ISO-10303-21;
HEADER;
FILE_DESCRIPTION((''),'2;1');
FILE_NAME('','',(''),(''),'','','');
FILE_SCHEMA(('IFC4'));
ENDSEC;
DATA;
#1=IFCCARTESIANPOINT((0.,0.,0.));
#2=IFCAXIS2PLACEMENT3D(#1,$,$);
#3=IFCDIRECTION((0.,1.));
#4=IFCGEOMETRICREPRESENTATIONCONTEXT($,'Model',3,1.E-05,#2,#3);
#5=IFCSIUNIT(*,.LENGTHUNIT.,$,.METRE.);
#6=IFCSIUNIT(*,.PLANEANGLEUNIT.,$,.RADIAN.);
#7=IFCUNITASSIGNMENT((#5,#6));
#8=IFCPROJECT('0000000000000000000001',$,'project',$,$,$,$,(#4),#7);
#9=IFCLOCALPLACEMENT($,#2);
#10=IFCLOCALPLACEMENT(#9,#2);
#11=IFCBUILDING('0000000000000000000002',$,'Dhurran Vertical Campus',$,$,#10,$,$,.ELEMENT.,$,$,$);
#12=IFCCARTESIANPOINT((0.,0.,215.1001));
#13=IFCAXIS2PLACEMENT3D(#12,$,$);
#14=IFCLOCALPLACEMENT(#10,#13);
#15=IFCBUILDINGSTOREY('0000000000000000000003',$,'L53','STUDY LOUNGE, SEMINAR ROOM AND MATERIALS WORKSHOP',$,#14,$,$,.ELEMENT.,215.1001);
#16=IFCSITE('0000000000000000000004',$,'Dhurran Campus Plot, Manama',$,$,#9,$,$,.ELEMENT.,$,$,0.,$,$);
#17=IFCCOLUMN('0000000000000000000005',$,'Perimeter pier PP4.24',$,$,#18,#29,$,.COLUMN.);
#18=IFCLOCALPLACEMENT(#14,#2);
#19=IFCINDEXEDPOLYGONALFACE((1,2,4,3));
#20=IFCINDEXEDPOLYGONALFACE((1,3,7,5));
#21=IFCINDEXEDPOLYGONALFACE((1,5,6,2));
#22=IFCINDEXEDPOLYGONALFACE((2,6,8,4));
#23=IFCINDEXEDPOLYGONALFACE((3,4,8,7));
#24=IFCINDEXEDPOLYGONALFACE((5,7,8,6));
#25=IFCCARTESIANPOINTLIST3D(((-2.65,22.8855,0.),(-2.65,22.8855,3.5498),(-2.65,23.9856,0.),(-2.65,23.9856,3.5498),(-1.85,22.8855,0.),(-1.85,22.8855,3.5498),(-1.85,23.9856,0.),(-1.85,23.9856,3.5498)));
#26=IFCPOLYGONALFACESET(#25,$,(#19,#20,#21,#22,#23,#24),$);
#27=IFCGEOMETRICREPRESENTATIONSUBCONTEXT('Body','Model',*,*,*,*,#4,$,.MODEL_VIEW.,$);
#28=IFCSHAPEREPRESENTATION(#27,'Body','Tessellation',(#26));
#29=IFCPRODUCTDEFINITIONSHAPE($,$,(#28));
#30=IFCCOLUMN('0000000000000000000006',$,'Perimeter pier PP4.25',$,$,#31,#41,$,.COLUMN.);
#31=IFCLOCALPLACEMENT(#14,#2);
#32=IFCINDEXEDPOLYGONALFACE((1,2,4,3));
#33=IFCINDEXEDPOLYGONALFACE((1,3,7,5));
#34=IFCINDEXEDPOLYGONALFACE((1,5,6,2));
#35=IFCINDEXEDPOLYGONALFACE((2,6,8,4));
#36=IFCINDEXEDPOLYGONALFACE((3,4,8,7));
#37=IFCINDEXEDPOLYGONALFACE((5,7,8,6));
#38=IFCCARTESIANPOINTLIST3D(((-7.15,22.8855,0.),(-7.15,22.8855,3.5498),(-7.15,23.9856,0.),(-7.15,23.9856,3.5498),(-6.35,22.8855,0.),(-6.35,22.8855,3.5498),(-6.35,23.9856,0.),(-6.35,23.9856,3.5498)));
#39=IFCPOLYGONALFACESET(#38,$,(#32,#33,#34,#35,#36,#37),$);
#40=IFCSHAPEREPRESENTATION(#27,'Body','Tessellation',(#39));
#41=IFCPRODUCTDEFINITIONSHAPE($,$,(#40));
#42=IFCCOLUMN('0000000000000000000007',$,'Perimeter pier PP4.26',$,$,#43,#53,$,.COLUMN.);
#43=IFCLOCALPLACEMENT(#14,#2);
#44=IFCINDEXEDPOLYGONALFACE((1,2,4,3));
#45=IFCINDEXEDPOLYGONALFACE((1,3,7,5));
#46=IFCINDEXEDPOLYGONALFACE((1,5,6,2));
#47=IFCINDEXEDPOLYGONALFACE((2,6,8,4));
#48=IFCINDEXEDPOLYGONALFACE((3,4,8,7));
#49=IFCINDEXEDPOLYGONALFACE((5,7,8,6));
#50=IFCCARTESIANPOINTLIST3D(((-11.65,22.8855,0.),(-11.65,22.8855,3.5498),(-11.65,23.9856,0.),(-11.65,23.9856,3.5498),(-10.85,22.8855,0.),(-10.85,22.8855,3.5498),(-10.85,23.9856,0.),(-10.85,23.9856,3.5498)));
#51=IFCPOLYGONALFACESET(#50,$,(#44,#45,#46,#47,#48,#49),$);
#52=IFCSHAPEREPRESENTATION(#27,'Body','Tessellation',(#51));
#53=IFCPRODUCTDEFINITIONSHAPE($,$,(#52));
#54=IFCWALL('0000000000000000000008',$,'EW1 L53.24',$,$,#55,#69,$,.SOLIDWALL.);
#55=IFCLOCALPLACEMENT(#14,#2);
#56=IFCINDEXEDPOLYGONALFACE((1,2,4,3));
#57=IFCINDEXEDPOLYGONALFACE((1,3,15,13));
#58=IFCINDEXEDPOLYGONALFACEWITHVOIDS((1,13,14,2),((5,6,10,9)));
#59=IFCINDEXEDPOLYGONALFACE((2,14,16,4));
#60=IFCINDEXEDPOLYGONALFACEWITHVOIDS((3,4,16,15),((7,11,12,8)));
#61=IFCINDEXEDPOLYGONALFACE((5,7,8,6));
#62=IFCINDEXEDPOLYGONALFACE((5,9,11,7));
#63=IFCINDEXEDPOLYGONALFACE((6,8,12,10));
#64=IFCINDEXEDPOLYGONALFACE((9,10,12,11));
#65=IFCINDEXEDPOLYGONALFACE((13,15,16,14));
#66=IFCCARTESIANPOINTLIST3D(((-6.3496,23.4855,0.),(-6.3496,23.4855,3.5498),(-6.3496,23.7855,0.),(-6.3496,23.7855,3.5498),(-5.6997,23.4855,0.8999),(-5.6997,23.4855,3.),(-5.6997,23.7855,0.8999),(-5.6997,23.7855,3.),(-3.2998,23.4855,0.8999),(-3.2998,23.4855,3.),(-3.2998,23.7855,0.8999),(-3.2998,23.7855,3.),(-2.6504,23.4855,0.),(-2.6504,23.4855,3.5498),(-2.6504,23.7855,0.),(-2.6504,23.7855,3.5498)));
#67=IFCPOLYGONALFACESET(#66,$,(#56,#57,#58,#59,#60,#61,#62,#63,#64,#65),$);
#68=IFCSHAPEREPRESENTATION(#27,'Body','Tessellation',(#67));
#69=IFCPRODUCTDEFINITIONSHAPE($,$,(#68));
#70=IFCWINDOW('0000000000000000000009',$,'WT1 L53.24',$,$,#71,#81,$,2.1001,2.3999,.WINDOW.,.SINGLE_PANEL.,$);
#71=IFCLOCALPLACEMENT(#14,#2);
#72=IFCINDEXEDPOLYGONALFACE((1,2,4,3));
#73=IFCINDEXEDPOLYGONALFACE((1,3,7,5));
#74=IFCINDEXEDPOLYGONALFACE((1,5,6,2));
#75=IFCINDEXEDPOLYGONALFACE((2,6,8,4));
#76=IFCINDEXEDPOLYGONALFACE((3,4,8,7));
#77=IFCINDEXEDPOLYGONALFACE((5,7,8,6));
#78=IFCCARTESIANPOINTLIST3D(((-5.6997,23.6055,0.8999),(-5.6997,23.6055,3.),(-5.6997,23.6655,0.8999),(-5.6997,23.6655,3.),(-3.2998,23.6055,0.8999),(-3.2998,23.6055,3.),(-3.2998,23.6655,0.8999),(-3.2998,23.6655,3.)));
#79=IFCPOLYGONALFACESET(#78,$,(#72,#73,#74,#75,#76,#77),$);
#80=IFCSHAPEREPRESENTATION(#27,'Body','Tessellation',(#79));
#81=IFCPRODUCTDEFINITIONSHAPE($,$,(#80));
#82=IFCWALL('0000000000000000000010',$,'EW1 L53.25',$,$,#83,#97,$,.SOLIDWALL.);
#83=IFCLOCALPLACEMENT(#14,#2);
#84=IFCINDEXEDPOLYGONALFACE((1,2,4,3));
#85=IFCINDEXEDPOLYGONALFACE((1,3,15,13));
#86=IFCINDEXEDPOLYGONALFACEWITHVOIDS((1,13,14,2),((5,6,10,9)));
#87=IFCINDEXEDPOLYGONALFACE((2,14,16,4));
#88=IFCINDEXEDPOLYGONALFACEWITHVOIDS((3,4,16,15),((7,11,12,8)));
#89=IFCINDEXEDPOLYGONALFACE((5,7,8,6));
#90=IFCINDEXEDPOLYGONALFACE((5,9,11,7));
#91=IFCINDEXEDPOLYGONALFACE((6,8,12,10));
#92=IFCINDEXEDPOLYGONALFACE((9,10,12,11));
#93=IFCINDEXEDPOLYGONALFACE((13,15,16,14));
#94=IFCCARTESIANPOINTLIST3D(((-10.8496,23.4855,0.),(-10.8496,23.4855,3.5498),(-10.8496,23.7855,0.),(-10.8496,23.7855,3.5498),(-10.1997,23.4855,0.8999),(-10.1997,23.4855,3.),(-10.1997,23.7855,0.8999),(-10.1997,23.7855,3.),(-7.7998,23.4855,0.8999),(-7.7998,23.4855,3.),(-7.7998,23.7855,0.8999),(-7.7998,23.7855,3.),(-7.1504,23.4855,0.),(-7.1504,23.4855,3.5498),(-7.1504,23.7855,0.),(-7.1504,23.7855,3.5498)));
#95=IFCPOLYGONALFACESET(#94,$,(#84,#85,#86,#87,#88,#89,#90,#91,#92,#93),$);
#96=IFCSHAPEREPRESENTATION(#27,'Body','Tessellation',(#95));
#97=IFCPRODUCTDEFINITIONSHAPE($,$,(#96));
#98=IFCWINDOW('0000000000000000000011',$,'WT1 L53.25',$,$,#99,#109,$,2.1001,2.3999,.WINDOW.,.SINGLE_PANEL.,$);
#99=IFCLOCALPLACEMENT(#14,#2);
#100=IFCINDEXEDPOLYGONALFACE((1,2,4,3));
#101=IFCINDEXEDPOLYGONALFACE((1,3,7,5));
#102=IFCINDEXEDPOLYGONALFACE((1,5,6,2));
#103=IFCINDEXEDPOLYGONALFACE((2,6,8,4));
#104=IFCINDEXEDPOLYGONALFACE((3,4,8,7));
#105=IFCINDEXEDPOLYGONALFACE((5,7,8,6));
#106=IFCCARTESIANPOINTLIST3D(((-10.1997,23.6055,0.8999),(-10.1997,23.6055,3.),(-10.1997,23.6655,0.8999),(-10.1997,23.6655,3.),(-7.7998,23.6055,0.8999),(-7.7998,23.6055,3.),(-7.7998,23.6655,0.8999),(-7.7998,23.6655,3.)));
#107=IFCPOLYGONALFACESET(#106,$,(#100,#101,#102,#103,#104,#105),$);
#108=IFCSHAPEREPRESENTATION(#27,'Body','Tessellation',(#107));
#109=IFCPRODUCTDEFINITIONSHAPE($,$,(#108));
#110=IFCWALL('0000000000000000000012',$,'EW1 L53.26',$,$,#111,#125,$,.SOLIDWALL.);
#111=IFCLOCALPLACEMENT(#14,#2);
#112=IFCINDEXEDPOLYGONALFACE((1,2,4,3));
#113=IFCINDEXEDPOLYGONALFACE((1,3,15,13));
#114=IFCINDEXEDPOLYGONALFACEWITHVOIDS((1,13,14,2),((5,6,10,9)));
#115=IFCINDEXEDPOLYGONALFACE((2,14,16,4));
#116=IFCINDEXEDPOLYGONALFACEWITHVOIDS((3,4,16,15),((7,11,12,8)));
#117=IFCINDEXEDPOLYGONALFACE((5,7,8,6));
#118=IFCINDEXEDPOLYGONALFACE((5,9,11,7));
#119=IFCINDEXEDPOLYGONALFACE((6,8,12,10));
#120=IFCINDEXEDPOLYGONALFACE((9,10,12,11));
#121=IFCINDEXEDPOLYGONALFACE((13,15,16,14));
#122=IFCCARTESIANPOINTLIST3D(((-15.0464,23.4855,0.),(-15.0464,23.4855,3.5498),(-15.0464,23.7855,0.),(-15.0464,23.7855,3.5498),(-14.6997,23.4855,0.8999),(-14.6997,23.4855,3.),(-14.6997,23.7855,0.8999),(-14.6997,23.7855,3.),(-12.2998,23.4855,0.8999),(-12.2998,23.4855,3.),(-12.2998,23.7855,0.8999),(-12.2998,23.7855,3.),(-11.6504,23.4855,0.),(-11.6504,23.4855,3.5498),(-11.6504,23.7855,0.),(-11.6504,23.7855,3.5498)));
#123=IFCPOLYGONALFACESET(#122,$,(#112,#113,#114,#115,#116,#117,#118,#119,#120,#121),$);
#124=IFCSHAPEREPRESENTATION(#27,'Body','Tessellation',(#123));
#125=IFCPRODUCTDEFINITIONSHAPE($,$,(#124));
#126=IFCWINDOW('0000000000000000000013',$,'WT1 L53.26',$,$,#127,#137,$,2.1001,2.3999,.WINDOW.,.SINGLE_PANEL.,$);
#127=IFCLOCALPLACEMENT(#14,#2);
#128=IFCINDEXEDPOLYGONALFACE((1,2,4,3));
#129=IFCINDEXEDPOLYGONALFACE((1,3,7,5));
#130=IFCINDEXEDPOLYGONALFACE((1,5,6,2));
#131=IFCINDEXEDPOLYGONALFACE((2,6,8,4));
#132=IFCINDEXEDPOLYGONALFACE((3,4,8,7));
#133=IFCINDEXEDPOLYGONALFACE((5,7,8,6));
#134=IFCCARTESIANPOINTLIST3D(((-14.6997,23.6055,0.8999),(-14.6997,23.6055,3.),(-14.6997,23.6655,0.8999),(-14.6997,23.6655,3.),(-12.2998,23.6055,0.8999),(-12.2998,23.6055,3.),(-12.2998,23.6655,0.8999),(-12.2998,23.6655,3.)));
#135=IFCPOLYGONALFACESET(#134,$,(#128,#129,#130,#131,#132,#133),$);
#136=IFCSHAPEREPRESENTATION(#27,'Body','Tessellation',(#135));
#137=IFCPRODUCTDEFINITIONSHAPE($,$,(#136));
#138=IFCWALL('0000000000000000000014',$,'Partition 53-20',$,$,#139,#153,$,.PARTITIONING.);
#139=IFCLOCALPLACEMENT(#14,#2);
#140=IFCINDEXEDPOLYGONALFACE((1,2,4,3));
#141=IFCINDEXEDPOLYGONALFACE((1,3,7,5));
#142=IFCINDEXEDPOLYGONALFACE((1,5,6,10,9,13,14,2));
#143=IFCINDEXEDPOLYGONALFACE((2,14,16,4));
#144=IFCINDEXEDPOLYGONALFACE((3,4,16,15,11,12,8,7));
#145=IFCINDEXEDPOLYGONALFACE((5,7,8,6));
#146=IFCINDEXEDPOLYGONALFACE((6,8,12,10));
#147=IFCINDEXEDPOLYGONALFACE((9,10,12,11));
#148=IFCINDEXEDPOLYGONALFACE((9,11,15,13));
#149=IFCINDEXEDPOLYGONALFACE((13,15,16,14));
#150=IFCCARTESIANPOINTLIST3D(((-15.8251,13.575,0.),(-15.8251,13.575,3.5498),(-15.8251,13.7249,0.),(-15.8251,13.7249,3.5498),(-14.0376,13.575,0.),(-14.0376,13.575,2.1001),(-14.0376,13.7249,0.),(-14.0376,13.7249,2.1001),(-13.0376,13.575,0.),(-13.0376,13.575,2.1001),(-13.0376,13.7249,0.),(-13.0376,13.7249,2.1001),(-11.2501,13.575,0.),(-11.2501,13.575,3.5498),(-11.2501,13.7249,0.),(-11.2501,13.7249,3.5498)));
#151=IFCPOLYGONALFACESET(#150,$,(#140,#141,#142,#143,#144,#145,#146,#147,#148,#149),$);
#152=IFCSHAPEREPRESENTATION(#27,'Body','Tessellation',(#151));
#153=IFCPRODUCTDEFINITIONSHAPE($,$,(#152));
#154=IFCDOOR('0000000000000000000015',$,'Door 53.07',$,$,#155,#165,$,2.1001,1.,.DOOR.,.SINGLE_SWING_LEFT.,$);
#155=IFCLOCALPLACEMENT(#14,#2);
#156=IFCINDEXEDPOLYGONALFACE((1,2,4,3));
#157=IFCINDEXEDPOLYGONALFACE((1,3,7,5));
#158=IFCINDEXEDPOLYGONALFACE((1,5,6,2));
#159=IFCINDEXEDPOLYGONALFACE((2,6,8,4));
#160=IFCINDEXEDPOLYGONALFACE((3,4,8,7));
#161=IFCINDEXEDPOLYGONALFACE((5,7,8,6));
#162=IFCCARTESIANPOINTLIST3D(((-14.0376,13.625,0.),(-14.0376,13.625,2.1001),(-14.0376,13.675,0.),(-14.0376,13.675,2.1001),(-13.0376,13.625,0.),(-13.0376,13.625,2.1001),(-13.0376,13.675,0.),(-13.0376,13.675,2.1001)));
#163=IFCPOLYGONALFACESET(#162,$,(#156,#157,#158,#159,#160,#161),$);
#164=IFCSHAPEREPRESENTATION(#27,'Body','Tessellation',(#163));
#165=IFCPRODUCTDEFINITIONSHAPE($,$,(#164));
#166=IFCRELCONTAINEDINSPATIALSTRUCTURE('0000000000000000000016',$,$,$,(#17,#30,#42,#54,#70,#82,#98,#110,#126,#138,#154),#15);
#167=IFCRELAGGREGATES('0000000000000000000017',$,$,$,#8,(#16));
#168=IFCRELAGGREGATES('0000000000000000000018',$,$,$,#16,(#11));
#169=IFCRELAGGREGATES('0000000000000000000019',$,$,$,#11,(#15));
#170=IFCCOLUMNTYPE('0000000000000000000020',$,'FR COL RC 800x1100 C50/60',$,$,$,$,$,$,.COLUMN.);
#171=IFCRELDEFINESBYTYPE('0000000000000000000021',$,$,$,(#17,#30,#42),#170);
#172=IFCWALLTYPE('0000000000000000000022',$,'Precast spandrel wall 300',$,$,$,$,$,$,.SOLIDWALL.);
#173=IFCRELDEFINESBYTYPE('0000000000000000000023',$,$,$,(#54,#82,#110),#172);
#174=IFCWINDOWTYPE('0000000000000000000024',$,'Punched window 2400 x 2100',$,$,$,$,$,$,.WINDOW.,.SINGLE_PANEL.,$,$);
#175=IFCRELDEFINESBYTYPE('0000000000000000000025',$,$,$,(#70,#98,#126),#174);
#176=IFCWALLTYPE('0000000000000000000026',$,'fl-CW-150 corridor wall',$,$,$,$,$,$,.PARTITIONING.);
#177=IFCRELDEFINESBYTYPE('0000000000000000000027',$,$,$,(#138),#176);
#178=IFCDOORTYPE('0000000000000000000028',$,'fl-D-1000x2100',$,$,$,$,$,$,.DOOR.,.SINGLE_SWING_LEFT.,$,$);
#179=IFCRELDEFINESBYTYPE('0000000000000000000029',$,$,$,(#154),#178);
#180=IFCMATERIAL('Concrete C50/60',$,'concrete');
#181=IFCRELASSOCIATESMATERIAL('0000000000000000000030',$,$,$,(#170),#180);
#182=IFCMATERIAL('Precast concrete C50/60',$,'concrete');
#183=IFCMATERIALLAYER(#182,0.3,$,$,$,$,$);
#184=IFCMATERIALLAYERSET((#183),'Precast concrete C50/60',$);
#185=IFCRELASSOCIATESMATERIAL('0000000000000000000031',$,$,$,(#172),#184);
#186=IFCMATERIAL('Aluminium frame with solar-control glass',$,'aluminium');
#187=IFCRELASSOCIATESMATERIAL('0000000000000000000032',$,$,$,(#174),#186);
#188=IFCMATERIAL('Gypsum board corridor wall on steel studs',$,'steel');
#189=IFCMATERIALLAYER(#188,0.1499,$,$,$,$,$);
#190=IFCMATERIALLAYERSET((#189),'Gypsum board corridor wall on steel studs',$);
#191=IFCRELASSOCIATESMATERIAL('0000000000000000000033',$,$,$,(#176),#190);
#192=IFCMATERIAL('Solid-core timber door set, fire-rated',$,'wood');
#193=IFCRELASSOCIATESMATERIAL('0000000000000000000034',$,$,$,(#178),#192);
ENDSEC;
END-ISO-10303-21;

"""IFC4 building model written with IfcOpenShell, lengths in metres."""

from ifc_helpers import new_model, si_unit, direction, frame, frame_2d, origin, origin_2d, place, context, subcontext, project, spatial, rectangle, extrude, material, layer, layer_set, material_profile, profile_set, type_object, element, fill, save


model = new_model("IFC4")

# Units and contexts
model_context = context("Model", 3, precision=1e-05, world=origin(), true_north=direction((0.0, 1.0)))
body_context = subcontext(model_context, "Body", "Model", "MODEL_VIEW")
ifc_project = project(units=[si_unit("LENGTHUNIT", "METRE"), si_unit("PLANEANGLEUNIT", "RADIAN")], contexts=[model_context])

# Site, building, storey
site_placement = place(None, origin())
site = spatial("IfcSite", under=ifc_project, at=site_placement, Name="Dhurran Campus Plot, Manama", CompositionType="ELEMENT", RefElevation=0.0)
building_placement = place(site_placement, origin())
building = spatial("IfcBuilding", under=site, at=building_placement, Name="Dhurran Vertical Campus", CompositionType="ELEMENT")
storey_placement = place(building_placement, frame((0.0, 0.0, 215.1001)))
storey = spatial("IfcBuildingStorey", under=building, at=storey_placement, Name="L53", Description="STUDY LOUNGE, SEMINAR ROOM AND MATERIALS WORKSHOP", CompositionType="ELEMENT", Elevation=215.1001)

# Columns
ifc_material_1 = material(Name="Concrete C50/60", Category="concrete")
ifc_material_profile = material_profile(ifc_material_1, rectangle(XDim=0.8, YDim=1.1001, at=origin_2d()), Name="RC 800x1100")
ifc_profile_set = profile_set([ifc_material_profile], Name="Concrete C50/60")
column_type = type_object("IfcColumnType", Name="FR COL RC 800x1100 C50/60", PredefinedType="COLUMN", material=ifc_profile_set)
for number, where, z_axis, x_axis, name in (
    (1, (-2.25, 23.4355, 0.0), (0.0, 0.0, 1.0), (-1.0, 0.0, 0.0), "Perimeter pier PP4.24"),
    (2, (-6.75, 23.4355, 0.0), (0.0, 0.0, 1.0), (-1.0, 0.0, 0.0), "Perimeter pier PP4.25"),
    (3, (-11.25, 23.4355, 0.0), (0.0, 0.0, 1.0), (-1.0, 0.0, 0.0), "Perimeter pier PP4.26"),
):
    element("IfcColumn", number, at=place(storey_placement, frame(where, z_axis=z_axis, x_axis=x_axis)), inside=storey, type_object=column_type, Name=name, PredefinedType="COLUMN", context=body_context, shape_type="SweptSolid", body=[
        extrude(rectangle(XDim=0.8, YDim=1.1001, at=origin_2d()), origin(), (0.0, 0.0, 1.0), 3.5498),
    ])

# Walls, openings, windows
ifc_material_2 = material(Name="Precast concrete C50/60", Category="concrete")
ifc_layer_1 = layer(ifc_material_2, 0.3)
ifc_layer_set_1 = layer_set([ifc_layer_1], Name="Precast concrete C50/60")
wall_type_1 = type_object("IfcWallType", Name="Precast spandrel wall 300", PredefinedType="SOLIDWALL", material=ifc_layer_set_1)
wall_1_placement = place(storey_placement, frame((-2.6504, 23.6355, 0.0), z_axis=(0.0, 0.0, 1.0), x_axis=(-1.0, 0.0, 0.0)))
wall_1 = element("IfcWall", 4, at=wall_1_placement, inside=storey, type_object=wall_type_1, Name="EW1 L53.24", PredefinedType="SOLIDWALL", context=body_context, shape_type="SweptSolid", body=[
    extrude(rectangle(XDim=3.6992, YDim=0.3, at=frame_2d((1.8496, 0.0))), origin(), (0.0, 0.0, 1.0), 3.5498),
])
opening_1_placement = place(wall_1_placement, frame((0.6494, 0.0, 0.8999)))
opening_1 = element("IfcOpeningElement", 5, at=opening_1_placement, cuts=wall_1, PredefinedType="OPENING", context=body_context, shape_type="SweptSolid", body=[
    extrude(rectangle(XDim=2.3999, YDim=2.1001, at=frame_2d((1.2, 1.05))), frame((0.0, 0.1599, 0.0), z_axis=(0.0, -1.0, 0.0), x_axis=(1.0, 0.0, 0.0)), (0.0, 0.0, 1.0), 0.3201),
])
ifc_material_3 = material(Name="Aluminium frame with solar-control glass", Category="aluminium")
window_type = type_object("IfcWindowType", Name="Punched window 2400 x 2100", PartitioningType="SINGLE_PANEL", PredefinedType="WINDOW", material=ifc_material_3)
window_1_placement = place(opening_1_placement, origin())
window_1 = element("IfcWindow", 6, at=window_1_placement, inside=storey, type_object=window_type, Name="WT1 L53.24", OverallHeight=2.1001, OverallWidth=2.3999, PartitioningType="SINGLE_PANEL", PredefinedType="WINDOW", context=body_context, shape_type="SweptSolid", body=[
    extrude(rectangle(XDim=2.3999, YDim=2.1001, at=frame_2d((1.2, 1.05))), frame((0.0, 0.03, 0.0), z_axis=(0.0, -1.0, 0.0), x_axis=(1.0, 0.0, 0.0)), (0.0, 0.0, 1.0), 0.0601),
])
fill(opening_1, window_1)
wall_2_placement = place(storey_placement, frame((-7.1504, 23.6355, 0.0), z_axis=(0.0, 0.0, 1.0), x_axis=(-1.0, 0.0, 0.0)))
wall_2 = element("IfcWall", 7, at=wall_2_placement, inside=storey, type_object=wall_type_1, Name="EW1 L53.25", PredefinedType="SOLIDWALL", context=body_context, shape_type="SweptSolid", body=[
    extrude(rectangle(XDim=3.6992, YDim=0.3, at=frame_2d((1.8496, 0.0))), origin(), (0.0, 0.0, 1.0), 3.5498),
])
opening_2_placement = place(wall_2_placement, frame((0.6494, 0.0, 0.8999)))
opening_2 = element("IfcOpeningElement", 8, at=opening_2_placement, cuts=wall_2, PredefinedType="OPENING", context=body_context, shape_type="SweptSolid", body=[
    extrude(rectangle(XDim=2.3999, YDim=2.1001, at=frame_2d((1.2, 1.05))), frame((0.0, 0.1599, 0.0), z_axis=(0.0, -1.0, 0.0), x_axis=(1.0, 0.0, 0.0)), (0.0, 0.0, 1.0), 0.3201),
])
window_2_placement = place(opening_2_placement, origin())
window_2 = element("IfcWindow", 9, at=window_2_placement, inside=storey, type_object=window_type, Name="WT1 L53.25", OverallHeight=2.1001, OverallWidth=2.3999, PartitioningType="SINGLE_PANEL", PredefinedType="WINDOW", context=body_context, shape_type="SweptSolid", body=[
    extrude(rectangle(XDim=2.3999, YDim=2.1001, at=frame_2d((1.2, 1.05))), frame((0.0, 0.03, 0.0), z_axis=(0.0, -1.0, 0.0), x_axis=(1.0, 0.0, 0.0)), (0.0, 0.0, 1.0), 0.0601),
])
fill(opening_2, window_2)
wall_3_placement = place(storey_placement, frame((-11.6504, 23.6355, 0.0), z_axis=(0.0, 0.0, 1.0), x_axis=(-1.0, 0.0, 0.0)))
wall_3 = element("IfcWall", 10, at=wall_3_placement, inside=storey, type_object=wall_type_1, Name="EW1 L53.26", PredefinedType="SOLIDWALL", context=body_context, shape_type="SweptSolid", body=[
    extrude(rectangle(XDim=3.396, YDim=0.3, at=frame_2d((1.698, 0.0))), origin(), (0.0, 0.0, 1.0), 3.5498),
])
opening_3_placement = place(wall_3_placement, frame((0.6494, 0.0, 0.8999)))
opening_3 = element("IfcOpeningElement", 11, at=opening_3_placement, cuts=wall_3, PredefinedType="OPENING", context=body_context, shape_type="SweptSolid", body=[
    extrude(rectangle(XDim=2.3999, YDim=2.1001, at=frame_2d((1.2, 1.05))), frame((0.0, 0.1599, 0.0), z_axis=(0.0, -1.0, 0.0), x_axis=(1.0, 0.0, 0.0)), (0.0, 0.0, 1.0), 0.3201),
])
window_3_placement = place(opening_3_placement, origin())
window_3 = element("IfcWindow", 12, at=window_3_placement, inside=storey, type_object=window_type, Name="WT1 L53.26", OverallHeight=2.1001, OverallWidth=2.3999, PartitioningType="SINGLE_PANEL", PredefinedType="WINDOW", context=body_context, shape_type="SweptSolid", body=[
    extrude(rectangle(XDim=2.3999, YDim=2.1001, at=frame_2d((1.2, 1.05))), frame((0.0, 0.03, 0.0), z_axis=(0.0, -1.0, 0.0), x_axis=(1.0, 0.0, 0.0)), (0.0, 0.0, 1.0), 0.0601),
])
fill(opening_3, window_3)

# Wall, opening, door
ifc_material_4 = material(Name="Gypsum board corridor wall on steel studs", Category="steel")
ifc_layer_2 = layer(ifc_material_4, 0.1499)
ifc_layer_set_2 = layer_set([ifc_layer_2], Name="Gypsum board corridor wall on steel studs")
wall_type_2 = type_object("IfcWallType", Name="fl-CW-150 corridor wall", PredefinedType="PARTITIONING", material=ifc_layer_set_2)
wall_4_placement = place(storey_placement, frame((-11.25, 13.6499, 0.0), z_axis=(0.0, 0.0, 1.0), x_axis=(-1.0, 0.0, 0.0)))
wall_4 = element("IfcWall", 13, at=wall_4_placement, inside=storey, type_object=wall_type_2, Name="Partition 53-20", PredefinedType="PARTITIONING", context=body_context, shape_type="SweptSolid", body=[
    extrude(rectangle(XDim=4.575, YDim=0.1499, at=frame_2d((2.2876, 0.0))), origin(), (0.0, 0.0, 1.0), 3.5498),
])
opening_4_placement = place(wall_4_placement, frame((1.7876, 0.0, 0.0)))
opening_4 = element("IfcOpeningElement", 14, at=opening_4_placement, cuts=wall_4, PredefinedType="OPENING", context=body_context, shape_type="SweptSolid", body=[
    extrude(rectangle(XDim=1.0, YDim=2.1001, at=frame_2d((0.5, 1.05))), frame((0.0, 0.085, 0.0), z_axis=(0.0, -1.0, 0.0), x_axis=(1.0, 0.0, 0.0)), (0.0, 0.0, 1.0), 0.1699),
])
ifc_material_5 = material(Name="Solid-core timber door set, fire-rated", Category="wood")
door_type = type_object("IfcDoorType", Name="fl-D-1000x2100", OperationType="SINGLE_SWING_LEFT", PredefinedType="DOOR", material=ifc_material_5)
door_1_placement = place(opening_4_placement, origin())
door_1 = element("IfcDoor", 15, at=door_1_placement, inside=storey, type_object=door_type, Name="Door 53.07", OperationType="SINGLE_SWING_LEFT", OverallHeight=2.1001, OverallWidth=1.0, PredefinedType="DOOR", context=body_context, shape_type="SweptSolid", body=[
    extrude(rectangle(XDim=1.0, YDim=2.1001, at=frame_2d((0.5, 1.05))), frame((0.0, 0.0249, 0.0), z_axis=(0.0, -1.0, 0.0), x_axis=(1.0, 0.0, 0.0)), (0.0, 0.0, 1.0), 0.05),
])
fill(opening_4, door_1)

save(model, "model.ifc")
